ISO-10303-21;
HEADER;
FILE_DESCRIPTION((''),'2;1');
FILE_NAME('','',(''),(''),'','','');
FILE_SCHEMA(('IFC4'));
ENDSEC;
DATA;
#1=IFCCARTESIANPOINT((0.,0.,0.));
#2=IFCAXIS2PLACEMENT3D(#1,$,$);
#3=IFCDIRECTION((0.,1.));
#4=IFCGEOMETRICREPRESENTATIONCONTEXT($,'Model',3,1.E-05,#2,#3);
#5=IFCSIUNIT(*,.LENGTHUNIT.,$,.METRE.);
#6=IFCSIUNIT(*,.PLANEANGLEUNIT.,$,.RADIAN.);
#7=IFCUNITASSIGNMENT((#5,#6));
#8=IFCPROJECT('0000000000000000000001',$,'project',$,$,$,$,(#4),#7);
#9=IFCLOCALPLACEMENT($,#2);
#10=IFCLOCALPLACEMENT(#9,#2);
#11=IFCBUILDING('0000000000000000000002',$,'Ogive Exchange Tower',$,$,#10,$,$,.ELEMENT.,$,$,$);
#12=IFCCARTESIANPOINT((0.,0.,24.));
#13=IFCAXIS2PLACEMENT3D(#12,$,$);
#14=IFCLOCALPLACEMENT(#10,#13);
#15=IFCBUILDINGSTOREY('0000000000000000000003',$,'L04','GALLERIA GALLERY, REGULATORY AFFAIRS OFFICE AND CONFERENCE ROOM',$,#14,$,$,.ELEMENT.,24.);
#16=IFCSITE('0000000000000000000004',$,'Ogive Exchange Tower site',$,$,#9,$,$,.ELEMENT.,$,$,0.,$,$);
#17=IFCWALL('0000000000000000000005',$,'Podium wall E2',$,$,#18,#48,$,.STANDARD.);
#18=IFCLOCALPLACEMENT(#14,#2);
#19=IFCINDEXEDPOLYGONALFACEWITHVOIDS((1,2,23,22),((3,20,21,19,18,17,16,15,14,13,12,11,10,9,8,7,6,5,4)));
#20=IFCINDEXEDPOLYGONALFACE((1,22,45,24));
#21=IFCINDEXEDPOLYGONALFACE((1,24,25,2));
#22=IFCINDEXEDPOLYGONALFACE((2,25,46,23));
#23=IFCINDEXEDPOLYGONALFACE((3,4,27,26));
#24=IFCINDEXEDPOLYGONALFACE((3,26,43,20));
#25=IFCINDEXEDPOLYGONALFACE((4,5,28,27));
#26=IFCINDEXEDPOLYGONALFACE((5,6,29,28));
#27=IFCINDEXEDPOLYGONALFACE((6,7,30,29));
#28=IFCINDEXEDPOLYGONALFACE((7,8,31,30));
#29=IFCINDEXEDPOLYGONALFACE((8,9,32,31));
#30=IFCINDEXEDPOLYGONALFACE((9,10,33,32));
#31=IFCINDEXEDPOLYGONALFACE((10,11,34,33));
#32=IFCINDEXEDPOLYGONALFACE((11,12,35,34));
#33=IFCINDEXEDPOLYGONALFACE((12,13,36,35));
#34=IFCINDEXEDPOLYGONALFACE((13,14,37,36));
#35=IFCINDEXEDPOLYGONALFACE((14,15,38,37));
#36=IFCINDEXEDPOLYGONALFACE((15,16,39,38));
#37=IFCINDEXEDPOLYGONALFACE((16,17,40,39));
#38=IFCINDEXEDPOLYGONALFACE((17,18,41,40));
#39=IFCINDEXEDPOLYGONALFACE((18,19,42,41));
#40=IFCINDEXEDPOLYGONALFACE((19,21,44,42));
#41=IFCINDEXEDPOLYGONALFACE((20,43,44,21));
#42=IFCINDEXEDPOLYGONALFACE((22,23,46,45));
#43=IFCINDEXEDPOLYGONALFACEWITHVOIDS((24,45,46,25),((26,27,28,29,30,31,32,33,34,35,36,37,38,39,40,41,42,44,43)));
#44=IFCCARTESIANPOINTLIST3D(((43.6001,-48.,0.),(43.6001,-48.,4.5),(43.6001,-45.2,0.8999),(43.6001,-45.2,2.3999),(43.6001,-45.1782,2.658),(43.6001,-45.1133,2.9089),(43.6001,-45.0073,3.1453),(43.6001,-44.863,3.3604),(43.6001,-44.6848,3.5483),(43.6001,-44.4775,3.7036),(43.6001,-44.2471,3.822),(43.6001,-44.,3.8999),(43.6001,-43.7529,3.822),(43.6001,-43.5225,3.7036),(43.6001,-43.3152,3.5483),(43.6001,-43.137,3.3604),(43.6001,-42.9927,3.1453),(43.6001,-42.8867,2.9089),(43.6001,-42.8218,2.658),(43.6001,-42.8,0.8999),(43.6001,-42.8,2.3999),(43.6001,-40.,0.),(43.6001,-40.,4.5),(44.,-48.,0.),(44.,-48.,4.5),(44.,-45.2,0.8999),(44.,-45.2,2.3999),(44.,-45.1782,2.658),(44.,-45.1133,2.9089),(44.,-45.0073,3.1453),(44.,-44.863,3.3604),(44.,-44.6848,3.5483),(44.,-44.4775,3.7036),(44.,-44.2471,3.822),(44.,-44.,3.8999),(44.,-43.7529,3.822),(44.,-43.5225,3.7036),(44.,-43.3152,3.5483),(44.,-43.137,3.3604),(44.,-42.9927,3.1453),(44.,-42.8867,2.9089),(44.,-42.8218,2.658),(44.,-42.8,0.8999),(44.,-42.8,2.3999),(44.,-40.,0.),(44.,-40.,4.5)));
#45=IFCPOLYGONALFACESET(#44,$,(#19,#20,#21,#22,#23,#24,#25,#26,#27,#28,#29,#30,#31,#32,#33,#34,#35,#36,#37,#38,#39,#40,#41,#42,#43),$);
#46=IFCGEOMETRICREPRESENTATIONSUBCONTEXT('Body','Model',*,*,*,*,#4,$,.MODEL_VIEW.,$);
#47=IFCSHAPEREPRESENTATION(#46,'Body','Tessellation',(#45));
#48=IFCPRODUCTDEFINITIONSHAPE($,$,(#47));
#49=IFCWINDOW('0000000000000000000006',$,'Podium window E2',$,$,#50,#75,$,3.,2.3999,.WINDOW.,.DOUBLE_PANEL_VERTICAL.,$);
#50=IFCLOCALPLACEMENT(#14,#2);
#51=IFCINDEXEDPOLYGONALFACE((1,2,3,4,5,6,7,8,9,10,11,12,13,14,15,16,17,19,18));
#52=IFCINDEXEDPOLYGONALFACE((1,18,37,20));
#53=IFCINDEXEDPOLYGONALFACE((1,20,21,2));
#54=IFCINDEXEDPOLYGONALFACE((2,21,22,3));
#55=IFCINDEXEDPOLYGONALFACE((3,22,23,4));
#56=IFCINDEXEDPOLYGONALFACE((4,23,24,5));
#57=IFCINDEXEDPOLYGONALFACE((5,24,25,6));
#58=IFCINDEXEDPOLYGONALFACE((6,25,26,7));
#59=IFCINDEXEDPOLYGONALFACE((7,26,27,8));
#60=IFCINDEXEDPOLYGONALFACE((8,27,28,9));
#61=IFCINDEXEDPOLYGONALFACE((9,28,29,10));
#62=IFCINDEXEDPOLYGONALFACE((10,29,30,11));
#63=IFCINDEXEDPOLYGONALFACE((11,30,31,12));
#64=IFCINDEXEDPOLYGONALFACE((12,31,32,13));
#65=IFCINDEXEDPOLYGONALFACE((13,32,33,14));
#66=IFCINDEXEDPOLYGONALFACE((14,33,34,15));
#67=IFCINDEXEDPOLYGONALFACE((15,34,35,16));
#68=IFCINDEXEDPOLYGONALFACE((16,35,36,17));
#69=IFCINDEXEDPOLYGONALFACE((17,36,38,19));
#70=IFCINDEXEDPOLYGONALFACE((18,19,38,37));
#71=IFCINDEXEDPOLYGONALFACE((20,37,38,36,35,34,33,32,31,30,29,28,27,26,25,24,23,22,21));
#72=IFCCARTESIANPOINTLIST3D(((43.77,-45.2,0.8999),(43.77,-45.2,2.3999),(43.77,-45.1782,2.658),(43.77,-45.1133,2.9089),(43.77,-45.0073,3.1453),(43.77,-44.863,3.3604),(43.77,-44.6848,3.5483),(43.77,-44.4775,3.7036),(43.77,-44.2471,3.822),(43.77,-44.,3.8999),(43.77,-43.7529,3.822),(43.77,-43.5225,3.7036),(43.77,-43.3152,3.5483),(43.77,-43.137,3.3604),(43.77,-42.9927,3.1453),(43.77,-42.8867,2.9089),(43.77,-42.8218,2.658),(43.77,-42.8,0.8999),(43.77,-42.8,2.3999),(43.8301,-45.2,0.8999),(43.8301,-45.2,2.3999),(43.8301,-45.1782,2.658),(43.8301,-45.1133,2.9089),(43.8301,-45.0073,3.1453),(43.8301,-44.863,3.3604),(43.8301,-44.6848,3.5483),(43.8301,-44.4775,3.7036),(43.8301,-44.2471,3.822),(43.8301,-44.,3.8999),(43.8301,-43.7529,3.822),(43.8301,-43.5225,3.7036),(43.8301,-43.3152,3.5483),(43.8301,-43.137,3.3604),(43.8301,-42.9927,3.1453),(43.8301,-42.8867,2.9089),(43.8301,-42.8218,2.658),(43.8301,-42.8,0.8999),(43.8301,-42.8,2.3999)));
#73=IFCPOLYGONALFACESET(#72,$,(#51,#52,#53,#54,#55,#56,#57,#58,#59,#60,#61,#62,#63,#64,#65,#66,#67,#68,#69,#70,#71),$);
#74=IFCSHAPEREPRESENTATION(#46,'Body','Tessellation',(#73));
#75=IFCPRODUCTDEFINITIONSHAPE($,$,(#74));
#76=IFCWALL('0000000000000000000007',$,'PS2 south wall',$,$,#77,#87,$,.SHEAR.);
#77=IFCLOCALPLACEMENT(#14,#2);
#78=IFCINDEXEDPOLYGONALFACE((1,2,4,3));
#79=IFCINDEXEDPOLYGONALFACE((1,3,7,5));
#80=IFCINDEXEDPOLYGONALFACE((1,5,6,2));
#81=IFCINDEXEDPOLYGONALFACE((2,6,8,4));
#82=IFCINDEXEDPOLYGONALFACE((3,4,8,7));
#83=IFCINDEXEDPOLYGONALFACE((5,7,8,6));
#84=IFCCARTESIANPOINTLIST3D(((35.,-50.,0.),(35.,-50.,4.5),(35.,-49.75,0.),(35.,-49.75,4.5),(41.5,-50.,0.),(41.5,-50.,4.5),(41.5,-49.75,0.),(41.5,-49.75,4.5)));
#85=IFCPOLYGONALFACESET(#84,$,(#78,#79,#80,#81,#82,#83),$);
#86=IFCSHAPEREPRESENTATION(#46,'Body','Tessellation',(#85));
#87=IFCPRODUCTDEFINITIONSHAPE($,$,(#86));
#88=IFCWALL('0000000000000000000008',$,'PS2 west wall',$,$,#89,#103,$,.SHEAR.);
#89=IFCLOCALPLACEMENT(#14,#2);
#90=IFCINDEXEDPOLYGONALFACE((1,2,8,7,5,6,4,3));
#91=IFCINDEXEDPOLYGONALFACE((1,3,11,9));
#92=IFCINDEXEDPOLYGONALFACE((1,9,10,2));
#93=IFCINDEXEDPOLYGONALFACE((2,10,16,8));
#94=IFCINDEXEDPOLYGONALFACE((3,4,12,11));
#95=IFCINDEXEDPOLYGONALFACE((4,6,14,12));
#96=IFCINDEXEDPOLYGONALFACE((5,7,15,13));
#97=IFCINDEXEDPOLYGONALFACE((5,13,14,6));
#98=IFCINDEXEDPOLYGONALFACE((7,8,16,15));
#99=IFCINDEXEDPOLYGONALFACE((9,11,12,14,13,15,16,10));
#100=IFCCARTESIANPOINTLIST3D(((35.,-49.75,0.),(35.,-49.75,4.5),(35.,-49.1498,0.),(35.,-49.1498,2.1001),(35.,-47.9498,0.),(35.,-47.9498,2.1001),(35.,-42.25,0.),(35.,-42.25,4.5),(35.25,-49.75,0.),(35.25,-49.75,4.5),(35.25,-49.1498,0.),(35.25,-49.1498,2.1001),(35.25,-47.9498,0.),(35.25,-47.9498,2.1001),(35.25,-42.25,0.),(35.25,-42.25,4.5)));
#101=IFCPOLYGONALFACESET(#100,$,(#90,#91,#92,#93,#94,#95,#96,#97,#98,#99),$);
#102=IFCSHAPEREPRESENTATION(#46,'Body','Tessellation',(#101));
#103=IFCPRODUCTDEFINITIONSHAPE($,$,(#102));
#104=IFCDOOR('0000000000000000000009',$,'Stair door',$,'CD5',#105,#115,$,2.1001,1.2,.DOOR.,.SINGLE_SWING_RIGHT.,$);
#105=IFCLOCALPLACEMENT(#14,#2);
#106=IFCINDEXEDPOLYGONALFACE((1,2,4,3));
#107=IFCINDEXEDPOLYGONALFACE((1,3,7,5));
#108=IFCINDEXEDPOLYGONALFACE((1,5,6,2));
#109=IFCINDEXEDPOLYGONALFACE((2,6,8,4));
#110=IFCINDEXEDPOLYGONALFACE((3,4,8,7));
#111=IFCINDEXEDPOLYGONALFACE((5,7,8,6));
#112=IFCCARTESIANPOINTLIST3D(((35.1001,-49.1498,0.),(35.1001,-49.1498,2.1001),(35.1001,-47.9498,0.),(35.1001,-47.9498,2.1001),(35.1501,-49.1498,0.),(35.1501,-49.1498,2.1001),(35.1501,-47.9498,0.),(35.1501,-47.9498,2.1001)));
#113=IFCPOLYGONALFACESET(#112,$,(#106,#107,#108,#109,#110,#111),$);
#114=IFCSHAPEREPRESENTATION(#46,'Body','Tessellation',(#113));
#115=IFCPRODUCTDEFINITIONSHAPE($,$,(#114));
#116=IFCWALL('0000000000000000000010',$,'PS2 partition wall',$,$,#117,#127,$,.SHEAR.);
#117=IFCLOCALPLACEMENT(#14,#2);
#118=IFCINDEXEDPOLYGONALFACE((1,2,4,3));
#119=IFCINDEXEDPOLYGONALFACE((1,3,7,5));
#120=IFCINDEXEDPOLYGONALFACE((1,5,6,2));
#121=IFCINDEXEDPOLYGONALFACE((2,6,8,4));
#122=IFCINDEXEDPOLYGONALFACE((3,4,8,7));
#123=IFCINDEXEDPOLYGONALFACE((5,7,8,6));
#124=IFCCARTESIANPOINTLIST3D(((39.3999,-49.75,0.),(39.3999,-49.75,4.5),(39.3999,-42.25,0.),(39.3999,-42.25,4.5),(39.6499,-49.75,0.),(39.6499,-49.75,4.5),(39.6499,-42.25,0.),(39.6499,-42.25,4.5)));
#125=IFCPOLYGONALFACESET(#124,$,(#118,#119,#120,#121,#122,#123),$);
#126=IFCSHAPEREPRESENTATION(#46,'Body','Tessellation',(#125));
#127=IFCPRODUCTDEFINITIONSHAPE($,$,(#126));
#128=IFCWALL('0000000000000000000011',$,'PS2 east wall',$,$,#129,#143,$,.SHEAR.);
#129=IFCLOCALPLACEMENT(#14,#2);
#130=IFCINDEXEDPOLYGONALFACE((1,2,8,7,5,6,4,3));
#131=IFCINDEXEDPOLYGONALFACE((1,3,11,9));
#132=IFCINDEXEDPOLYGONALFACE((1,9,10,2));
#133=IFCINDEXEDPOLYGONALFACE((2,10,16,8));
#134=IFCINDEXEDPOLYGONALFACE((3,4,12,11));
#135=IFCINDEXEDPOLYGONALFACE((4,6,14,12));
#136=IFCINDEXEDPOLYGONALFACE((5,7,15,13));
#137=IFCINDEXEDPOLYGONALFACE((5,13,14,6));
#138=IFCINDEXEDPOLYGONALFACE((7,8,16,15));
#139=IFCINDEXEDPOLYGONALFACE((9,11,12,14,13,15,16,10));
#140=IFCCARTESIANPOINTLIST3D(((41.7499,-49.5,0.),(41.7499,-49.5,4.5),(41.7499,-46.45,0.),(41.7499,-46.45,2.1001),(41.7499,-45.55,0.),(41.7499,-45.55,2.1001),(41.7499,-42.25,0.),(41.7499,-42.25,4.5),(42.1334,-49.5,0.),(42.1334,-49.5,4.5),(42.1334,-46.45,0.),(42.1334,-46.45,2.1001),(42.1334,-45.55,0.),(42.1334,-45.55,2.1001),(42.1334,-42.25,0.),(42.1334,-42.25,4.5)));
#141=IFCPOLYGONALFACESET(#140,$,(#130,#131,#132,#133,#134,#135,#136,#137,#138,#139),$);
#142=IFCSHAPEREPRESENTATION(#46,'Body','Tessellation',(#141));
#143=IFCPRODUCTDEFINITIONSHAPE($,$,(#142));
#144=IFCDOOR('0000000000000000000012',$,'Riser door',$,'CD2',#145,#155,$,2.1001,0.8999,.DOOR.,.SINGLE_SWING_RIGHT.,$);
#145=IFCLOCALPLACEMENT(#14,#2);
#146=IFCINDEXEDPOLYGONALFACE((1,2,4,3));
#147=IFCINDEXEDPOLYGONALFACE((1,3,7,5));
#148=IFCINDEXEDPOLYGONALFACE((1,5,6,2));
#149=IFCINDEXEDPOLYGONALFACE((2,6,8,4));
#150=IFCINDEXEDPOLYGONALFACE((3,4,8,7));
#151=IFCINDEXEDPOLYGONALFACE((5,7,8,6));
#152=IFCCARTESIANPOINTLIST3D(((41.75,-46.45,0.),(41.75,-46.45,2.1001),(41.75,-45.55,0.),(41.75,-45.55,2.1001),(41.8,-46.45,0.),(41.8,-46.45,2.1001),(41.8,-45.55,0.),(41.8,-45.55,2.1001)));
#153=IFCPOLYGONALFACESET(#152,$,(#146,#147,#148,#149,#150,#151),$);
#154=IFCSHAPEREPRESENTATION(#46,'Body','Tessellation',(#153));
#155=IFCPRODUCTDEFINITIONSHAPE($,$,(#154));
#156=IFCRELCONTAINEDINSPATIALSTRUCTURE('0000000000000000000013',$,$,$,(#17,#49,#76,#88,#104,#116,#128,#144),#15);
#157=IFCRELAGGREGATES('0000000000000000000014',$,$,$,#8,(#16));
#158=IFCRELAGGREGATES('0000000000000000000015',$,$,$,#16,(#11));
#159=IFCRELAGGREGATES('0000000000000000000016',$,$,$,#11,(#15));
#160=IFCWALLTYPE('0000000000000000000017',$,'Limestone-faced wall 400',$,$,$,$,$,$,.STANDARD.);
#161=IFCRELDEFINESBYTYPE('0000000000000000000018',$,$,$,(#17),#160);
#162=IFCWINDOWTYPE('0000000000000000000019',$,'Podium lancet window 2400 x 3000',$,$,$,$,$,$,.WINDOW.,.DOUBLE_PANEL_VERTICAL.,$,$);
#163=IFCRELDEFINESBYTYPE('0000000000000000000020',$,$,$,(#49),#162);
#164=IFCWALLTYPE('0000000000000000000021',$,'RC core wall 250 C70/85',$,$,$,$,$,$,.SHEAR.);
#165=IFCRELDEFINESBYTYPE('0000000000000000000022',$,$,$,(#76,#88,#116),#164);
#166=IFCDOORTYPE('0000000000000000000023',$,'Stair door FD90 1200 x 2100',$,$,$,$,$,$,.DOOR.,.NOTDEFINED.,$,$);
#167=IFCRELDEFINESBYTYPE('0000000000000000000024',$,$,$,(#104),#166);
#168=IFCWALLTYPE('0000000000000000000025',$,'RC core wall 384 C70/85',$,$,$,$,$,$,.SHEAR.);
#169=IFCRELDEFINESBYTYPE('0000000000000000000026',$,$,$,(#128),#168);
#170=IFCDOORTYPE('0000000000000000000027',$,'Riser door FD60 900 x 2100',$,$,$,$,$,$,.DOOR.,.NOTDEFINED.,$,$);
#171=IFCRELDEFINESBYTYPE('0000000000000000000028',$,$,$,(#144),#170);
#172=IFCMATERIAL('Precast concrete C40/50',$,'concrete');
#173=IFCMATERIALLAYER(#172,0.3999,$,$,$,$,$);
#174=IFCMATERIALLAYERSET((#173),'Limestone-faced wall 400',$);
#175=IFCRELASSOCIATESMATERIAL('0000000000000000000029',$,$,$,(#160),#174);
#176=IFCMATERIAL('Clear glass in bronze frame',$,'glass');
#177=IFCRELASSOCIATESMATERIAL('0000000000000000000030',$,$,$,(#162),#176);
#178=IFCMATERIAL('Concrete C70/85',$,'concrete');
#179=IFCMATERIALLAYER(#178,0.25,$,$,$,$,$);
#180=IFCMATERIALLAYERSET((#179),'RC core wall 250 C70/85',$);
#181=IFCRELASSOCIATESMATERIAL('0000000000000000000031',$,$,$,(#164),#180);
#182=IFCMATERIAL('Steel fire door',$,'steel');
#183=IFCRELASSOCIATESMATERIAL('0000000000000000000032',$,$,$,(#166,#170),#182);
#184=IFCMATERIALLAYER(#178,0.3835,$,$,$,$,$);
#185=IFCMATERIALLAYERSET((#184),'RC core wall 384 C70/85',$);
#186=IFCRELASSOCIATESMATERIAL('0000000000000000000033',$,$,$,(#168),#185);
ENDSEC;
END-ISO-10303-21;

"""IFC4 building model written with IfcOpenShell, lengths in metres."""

from ifc_helpers import new_model, si_unit, direction, frame, frame_2d, origin, place, context, subcontext, project, spatial, polyline, rectangle, outline, extrude, material, layer, layer_set, type_object, element, fill, save


model = new_model("IFC4")

# Units and contexts
model_context = context("Model", 3, precision=1e-05, world=origin(), true_north=direction((0.0, 1.0)))
body_context = subcontext(model_context, "Body", "Model", "MODEL_VIEW")
ifc_project = project(units=[si_unit("LENGTHUNIT", "METRE"), si_unit("PLANEANGLEUNIT", "RADIAN")], contexts=[model_context])

# Site, building, storey
site_placement = place(None, origin())
site = spatial("IfcSite", under=ifc_project, at=site_placement, Name="Ogive Exchange Tower site", CompositionType="ELEMENT", RefElevation=0.0)
building_placement = place(site_placement, origin())
building = spatial("IfcBuilding", under=site, at=building_placement, Name="Ogive Exchange Tower", CompositionType="ELEMENT")
storey_placement = place(building_placement, frame((0.0, 0.0, 24.0)))
storey = spatial("IfcBuildingStorey", under=building, at=storey_placement, Name="L04", Description="GALLERIA GALLERY, REGULATORY AFFAIRS OFFICE AND CONFERENCE ROOM", CompositionType="ELEMENT", Elevation=24.0)

# Shared definitions
ifc_material_1 = material(Name="Concrete C70/85", Category="concrete")

# Shared definitions
ifc_material_2 = material(Name="Precast concrete C40/50", Category="concrete")
ifc_layer_1 = layer(ifc_material_2, 0.3999)
ifc_layer_set_1 = layer_set([ifc_layer_1], Name="Limestone-faced wall 400")
wall_type_1 = type_object("IfcWallType", Name="Limestone-faced wall 400", PredefinedType="STANDARD", material=ifc_layer_set_1)
ifc_material_3 = material(Name="Clear glass in bronze frame", Category="glass")

# Wall, opening, window
wall_1_placement = place(storey_placement, frame((43.8, -48.0, 0.0), z_axis=(0.0, 0.0, 1.0), x_axis=(0.0, 1.0, 0.0)))
wall_1 = element("IfcWall", 1, at=wall_1_placement, inside=storey, type_object=wall_type_1, Name="Podium wall E2", PredefinedType="STANDARD", context=body_context, shape_type="SweptSolid", body=[
    extrude(rectangle(XDim=8.0, YDim=0.3999, at=frame_2d((4.0, 0.0))), origin(), (0.0, 0.0, 1.0), 4.5),
])
opening_1_placement = place(wall_1_placement, frame((2.8, 0.0, 0.8999)))
opening_1 = element("IfcOpeningElement", 2, at=opening_1_placement, cuts=wall_1, PredefinedType="OPENING", context=body_context, shape_type="SweptSolid", body=[
    extrude(outline(polyline([(0.0, 0.0), (2.3999, 0.0), (2.3999, 1.5), (2.3782, 1.7581), (2.3132, 2.009), (2.2073, 2.2454), (2.063, 2.4604), (1.8848, 2.6484), (1.6775, 2.8037), (1.447, 2.9221), (1.2, 3.0), (0.9529, 2.9221), (0.7224, 2.8037), (0.5151, 2.6484), (0.3369, 2.4604), (0.1926, 2.2454), (0.0867, 2.009), (0.0217, 1.7581), (0.0, 1.5), (0.0, 0.0)])), frame((0.0, 0.21, 0.0), z_axis=(0.0, -1.0, 0.0), x_axis=(1.0, 0.0, 0.0)), (0.0, 0.0, 1.0), 0.4199),
])
window_type_1 = type_object("IfcWindowType", Name="Podium lancet window 2400 x 3000", PartitioningType="DOUBLE_PANEL_VERTICAL", PredefinedType="WINDOW", material=ifc_material_3)
window_1_placement = place(opening_1_placement, origin())
window_1 = element("IfcWindow", 3, at=window_1_placement, inside=storey, type_object=window_type_1, Name="Podium window E2", OverallHeight=3.0, OverallWidth=2.3999, PartitioningType="DOUBLE_PANEL_VERTICAL", PredefinedType="WINDOW", context=body_context, shape_type="SweptSolid", body=[
    extrude(outline(polyline([(0.0, 0.0), (2.3999, 0.0), (2.3999, 1.5), (2.3782, 1.7581), (2.3132, 2.009), (2.2073, 2.2454), (2.063, 2.4604), (1.8848, 2.6484), (1.6775, 2.8037), (1.447, 2.9221), (1.2, 3.0), (0.9529, 2.9221), (0.7224, 2.8037), (0.5151, 2.6484), (0.3369, 2.4604), (0.1926, 2.2454), (0.0867, 2.009), (0.0217, 1.7581), (0.0, 1.5), (0.0, 0.0)])), frame((0.0, 0.03, 0.0), z_axis=(0.0, -1.0, 0.0), x_axis=(1.0, 0.0, 0.0)), (0.0, 0.0, 1.0), 0.0601),
])
fill(opening_1, window_1)

# Wall
ifc_layer_2 = layer(ifc_material_1, 0.25)
ifc_layer_set_2 = layer_set([ifc_layer_2], Name="RC core wall 250 C70/85")
wall_type_2 = type_object("IfcWallType", Name="RC core wall 250 C70/85", PredefinedType="SHEAR", material=ifc_layer_set_2)
wall_2_placement = place(storey_placement, frame((35.0, -49.875, 0.0), z_axis=(0.0, 0.0, 1.0), x_axis=(1.0, 0.0, 0.0)))
element("IfcWall", 4, at=wall_2_placement, inside=storey, type_object=wall_type_2, Name="PS2 south wall", PredefinedType="SHEAR", context=body_context, shape_type="SweptSolid", body=[
    extrude(rectangle(XDim=6.5, YDim=0.25, at=frame_2d((3.25, 0.0))), origin(), (0.0, 0.0, 1.0), 4.5),
])

# Wall, opening, door
wall_3_placement = place(storey_placement, frame((35.125, -49.75, 0.0), z_axis=(0.0, 0.0, 1.0), x_axis=(0.0, 1.0, 0.0)))
wall_3 = element("IfcWall", 5, at=wall_3_placement, inside=storey, type_object=wall_type_2, Name="PS2 west wall", PredefinedType="SHEAR", context=body_context, shape_type="SweptSolid", body=[
    extrude(rectangle(XDim=7.5, YDim=0.25, at=frame_2d((3.75, 0.0))), origin(), (0.0, 0.0, 1.0), 4.5),
])
opening_2_placement = place(wall_3_placement, frame((0.6001, 0.0, 0.0)))
opening_2 = element("IfcOpeningElement", 6, at=opening_2_placement, cuts=wall_3, PredefinedType="OPENING", context=body_context, shape_type="SweptSolid", body=[
    extrude(rectangle(XDim=1.2, YDim=2.1001, at=frame_2d((0.6001, 1.05))), frame((0.0, 0.135, 0.0), z_axis=(0.0, -1.0, 0.0), x_axis=(1.0, 0.0, 0.0)), (0.0, 0.0, 1.0), 0.27),
])
ifc_material_4 = material(Name="Steel fire door", Category="steel")
door_type_1 = type_object("IfcDoorType", Name="Stair door FD90 1200 x 2100", OperationType="NOTDEFINED", PredefinedType="DOOR", material=ifc_material_4)
door_1_placement = place(opening_2_placement, origin())
door_1 = element("IfcDoor", 7, at=door_1_placement, inside=storey, type_object=door_type_1, Name="Stair door", ObjectType="CD5", OperationType="SINGLE_SWING_RIGHT", OverallHeight=2.1001, OverallWidth=1.2, PredefinedType="DOOR", context=body_context, shape_type="SweptSolid", body=[
    extrude(rectangle(XDim=1.2, YDim=2.1001, at=frame_2d((0.6001, 1.05))), frame((0.0, 0.0249, 0.0), z_axis=(0.0, -1.0, 0.0), x_axis=(1.0, 0.0, 0.0)), (0.0, 0.0, 1.0), 0.05),
])
fill(opening_2, door_1)

# Wall
wall_4_placement = place(storey_placement, frame((39.5249, -49.75, 0.0), z_axis=(0.0, 0.0, 1.0), x_axis=(0.0, 1.0, 0.0)))
element("IfcWall", 8, at=wall_4_placement, inside=storey, type_object=wall_type_2, Name="PS2 partition wall", PredefinedType="SHEAR", context=body_context, shape_type="SweptSolid", body=[
    extrude(rectangle(XDim=7.5, YDim=0.25, at=frame_2d((3.75, 0.0))), origin(), (0.0, 0.0, 1.0), 4.5),
])

# Wall, opening, door
ifc_layer_3 = layer(ifc_material_1, 0.3835)
ifc_layer_set_3 = layer_set([ifc_layer_3], Name="RC core wall 384 C70/85")
wall_type_3 = type_object("IfcWallType", Name="RC core wall 384 C70/85", PredefinedType="SHEAR", material=ifc_layer_set_3)
wall_5_placement = place(storey_placement, frame((41.9417, -49.5, 0.0), z_axis=(0.0, 0.0, 1.0), x_axis=(0.0, 1.0, 0.0)))
wall_5 = element("IfcWall", 9, at=wall_5_placement, inside=storey, type_object=wall_type_3, Name="PS2 east wall", PredefinedType="SHEAR", context=body_context, shape_type="SweptSolid", body=[
    extrude(rectangle(XDim=7.25, YDim=0.3835, at=frame_2d((3.625, 0.0))), origin(), (0.0, 0.0, 1.0), 4.5),
])
opening_3_placement = place(wall_5_placement, frame((3.05, 0.0, 0.0)))
opening_3 = element("IfcOpeningElement", 10, at=opening_3_placement, cuts=wall_5, PredefinedType="OPENING", context=body_context, shape_type="SweptSolid", body=[
    extrude(rectangle(XDim=0.8999, YDim=2.1001, at=frame_2d((0.45, 1.05))), frame((0.0, 0.2017, 0.0), z_axis=(0.0, -1.0, 0.0), x_axis=(1.0, 0.0, 0.0)), (0.0, 0.0, 1.0), 0.4036),
])
door_type_2 = type_object("IfcDoorType", Name="Riser door FD60 900 x 2100", OperationType="NOTDEFINED", PredefinedType="DOOR", material=ifc_material_4)
door_2_placement = place(opening_3_placement, frame((0.8999, 0.3335, 0.0), z_axis=(0.0, 0.0, 1.0), x_axis=(-1.0, 0.0, 0.0)))
door_2 = element("IfcDoor", 11, at=door_2_placement, inside=storey, type_object=door_type_2, Name="Riser door", ObjectType="CD2", OperationType="SINGLE_SWING_RIGHT", OverallHeight=2.1001, OverallWidth=0.8999, PredefinedType="DOOR", context=body_context, shape_type="SweptSolid", body=[
    extrude(rectangle(XDim=0.8999, YDim=2.1001, at=frame_2d((0.45, 1.05))), frame((0.0, 0.1919, 0.0), z_axis=(0.0, -1.0, 0.0), x_axis=(1.0, 0.0, 0.0)), (0.0, 0.0, 1.0), 0.05),
])
fill(opening_3, door_2)

save(model, "model.ifc")
